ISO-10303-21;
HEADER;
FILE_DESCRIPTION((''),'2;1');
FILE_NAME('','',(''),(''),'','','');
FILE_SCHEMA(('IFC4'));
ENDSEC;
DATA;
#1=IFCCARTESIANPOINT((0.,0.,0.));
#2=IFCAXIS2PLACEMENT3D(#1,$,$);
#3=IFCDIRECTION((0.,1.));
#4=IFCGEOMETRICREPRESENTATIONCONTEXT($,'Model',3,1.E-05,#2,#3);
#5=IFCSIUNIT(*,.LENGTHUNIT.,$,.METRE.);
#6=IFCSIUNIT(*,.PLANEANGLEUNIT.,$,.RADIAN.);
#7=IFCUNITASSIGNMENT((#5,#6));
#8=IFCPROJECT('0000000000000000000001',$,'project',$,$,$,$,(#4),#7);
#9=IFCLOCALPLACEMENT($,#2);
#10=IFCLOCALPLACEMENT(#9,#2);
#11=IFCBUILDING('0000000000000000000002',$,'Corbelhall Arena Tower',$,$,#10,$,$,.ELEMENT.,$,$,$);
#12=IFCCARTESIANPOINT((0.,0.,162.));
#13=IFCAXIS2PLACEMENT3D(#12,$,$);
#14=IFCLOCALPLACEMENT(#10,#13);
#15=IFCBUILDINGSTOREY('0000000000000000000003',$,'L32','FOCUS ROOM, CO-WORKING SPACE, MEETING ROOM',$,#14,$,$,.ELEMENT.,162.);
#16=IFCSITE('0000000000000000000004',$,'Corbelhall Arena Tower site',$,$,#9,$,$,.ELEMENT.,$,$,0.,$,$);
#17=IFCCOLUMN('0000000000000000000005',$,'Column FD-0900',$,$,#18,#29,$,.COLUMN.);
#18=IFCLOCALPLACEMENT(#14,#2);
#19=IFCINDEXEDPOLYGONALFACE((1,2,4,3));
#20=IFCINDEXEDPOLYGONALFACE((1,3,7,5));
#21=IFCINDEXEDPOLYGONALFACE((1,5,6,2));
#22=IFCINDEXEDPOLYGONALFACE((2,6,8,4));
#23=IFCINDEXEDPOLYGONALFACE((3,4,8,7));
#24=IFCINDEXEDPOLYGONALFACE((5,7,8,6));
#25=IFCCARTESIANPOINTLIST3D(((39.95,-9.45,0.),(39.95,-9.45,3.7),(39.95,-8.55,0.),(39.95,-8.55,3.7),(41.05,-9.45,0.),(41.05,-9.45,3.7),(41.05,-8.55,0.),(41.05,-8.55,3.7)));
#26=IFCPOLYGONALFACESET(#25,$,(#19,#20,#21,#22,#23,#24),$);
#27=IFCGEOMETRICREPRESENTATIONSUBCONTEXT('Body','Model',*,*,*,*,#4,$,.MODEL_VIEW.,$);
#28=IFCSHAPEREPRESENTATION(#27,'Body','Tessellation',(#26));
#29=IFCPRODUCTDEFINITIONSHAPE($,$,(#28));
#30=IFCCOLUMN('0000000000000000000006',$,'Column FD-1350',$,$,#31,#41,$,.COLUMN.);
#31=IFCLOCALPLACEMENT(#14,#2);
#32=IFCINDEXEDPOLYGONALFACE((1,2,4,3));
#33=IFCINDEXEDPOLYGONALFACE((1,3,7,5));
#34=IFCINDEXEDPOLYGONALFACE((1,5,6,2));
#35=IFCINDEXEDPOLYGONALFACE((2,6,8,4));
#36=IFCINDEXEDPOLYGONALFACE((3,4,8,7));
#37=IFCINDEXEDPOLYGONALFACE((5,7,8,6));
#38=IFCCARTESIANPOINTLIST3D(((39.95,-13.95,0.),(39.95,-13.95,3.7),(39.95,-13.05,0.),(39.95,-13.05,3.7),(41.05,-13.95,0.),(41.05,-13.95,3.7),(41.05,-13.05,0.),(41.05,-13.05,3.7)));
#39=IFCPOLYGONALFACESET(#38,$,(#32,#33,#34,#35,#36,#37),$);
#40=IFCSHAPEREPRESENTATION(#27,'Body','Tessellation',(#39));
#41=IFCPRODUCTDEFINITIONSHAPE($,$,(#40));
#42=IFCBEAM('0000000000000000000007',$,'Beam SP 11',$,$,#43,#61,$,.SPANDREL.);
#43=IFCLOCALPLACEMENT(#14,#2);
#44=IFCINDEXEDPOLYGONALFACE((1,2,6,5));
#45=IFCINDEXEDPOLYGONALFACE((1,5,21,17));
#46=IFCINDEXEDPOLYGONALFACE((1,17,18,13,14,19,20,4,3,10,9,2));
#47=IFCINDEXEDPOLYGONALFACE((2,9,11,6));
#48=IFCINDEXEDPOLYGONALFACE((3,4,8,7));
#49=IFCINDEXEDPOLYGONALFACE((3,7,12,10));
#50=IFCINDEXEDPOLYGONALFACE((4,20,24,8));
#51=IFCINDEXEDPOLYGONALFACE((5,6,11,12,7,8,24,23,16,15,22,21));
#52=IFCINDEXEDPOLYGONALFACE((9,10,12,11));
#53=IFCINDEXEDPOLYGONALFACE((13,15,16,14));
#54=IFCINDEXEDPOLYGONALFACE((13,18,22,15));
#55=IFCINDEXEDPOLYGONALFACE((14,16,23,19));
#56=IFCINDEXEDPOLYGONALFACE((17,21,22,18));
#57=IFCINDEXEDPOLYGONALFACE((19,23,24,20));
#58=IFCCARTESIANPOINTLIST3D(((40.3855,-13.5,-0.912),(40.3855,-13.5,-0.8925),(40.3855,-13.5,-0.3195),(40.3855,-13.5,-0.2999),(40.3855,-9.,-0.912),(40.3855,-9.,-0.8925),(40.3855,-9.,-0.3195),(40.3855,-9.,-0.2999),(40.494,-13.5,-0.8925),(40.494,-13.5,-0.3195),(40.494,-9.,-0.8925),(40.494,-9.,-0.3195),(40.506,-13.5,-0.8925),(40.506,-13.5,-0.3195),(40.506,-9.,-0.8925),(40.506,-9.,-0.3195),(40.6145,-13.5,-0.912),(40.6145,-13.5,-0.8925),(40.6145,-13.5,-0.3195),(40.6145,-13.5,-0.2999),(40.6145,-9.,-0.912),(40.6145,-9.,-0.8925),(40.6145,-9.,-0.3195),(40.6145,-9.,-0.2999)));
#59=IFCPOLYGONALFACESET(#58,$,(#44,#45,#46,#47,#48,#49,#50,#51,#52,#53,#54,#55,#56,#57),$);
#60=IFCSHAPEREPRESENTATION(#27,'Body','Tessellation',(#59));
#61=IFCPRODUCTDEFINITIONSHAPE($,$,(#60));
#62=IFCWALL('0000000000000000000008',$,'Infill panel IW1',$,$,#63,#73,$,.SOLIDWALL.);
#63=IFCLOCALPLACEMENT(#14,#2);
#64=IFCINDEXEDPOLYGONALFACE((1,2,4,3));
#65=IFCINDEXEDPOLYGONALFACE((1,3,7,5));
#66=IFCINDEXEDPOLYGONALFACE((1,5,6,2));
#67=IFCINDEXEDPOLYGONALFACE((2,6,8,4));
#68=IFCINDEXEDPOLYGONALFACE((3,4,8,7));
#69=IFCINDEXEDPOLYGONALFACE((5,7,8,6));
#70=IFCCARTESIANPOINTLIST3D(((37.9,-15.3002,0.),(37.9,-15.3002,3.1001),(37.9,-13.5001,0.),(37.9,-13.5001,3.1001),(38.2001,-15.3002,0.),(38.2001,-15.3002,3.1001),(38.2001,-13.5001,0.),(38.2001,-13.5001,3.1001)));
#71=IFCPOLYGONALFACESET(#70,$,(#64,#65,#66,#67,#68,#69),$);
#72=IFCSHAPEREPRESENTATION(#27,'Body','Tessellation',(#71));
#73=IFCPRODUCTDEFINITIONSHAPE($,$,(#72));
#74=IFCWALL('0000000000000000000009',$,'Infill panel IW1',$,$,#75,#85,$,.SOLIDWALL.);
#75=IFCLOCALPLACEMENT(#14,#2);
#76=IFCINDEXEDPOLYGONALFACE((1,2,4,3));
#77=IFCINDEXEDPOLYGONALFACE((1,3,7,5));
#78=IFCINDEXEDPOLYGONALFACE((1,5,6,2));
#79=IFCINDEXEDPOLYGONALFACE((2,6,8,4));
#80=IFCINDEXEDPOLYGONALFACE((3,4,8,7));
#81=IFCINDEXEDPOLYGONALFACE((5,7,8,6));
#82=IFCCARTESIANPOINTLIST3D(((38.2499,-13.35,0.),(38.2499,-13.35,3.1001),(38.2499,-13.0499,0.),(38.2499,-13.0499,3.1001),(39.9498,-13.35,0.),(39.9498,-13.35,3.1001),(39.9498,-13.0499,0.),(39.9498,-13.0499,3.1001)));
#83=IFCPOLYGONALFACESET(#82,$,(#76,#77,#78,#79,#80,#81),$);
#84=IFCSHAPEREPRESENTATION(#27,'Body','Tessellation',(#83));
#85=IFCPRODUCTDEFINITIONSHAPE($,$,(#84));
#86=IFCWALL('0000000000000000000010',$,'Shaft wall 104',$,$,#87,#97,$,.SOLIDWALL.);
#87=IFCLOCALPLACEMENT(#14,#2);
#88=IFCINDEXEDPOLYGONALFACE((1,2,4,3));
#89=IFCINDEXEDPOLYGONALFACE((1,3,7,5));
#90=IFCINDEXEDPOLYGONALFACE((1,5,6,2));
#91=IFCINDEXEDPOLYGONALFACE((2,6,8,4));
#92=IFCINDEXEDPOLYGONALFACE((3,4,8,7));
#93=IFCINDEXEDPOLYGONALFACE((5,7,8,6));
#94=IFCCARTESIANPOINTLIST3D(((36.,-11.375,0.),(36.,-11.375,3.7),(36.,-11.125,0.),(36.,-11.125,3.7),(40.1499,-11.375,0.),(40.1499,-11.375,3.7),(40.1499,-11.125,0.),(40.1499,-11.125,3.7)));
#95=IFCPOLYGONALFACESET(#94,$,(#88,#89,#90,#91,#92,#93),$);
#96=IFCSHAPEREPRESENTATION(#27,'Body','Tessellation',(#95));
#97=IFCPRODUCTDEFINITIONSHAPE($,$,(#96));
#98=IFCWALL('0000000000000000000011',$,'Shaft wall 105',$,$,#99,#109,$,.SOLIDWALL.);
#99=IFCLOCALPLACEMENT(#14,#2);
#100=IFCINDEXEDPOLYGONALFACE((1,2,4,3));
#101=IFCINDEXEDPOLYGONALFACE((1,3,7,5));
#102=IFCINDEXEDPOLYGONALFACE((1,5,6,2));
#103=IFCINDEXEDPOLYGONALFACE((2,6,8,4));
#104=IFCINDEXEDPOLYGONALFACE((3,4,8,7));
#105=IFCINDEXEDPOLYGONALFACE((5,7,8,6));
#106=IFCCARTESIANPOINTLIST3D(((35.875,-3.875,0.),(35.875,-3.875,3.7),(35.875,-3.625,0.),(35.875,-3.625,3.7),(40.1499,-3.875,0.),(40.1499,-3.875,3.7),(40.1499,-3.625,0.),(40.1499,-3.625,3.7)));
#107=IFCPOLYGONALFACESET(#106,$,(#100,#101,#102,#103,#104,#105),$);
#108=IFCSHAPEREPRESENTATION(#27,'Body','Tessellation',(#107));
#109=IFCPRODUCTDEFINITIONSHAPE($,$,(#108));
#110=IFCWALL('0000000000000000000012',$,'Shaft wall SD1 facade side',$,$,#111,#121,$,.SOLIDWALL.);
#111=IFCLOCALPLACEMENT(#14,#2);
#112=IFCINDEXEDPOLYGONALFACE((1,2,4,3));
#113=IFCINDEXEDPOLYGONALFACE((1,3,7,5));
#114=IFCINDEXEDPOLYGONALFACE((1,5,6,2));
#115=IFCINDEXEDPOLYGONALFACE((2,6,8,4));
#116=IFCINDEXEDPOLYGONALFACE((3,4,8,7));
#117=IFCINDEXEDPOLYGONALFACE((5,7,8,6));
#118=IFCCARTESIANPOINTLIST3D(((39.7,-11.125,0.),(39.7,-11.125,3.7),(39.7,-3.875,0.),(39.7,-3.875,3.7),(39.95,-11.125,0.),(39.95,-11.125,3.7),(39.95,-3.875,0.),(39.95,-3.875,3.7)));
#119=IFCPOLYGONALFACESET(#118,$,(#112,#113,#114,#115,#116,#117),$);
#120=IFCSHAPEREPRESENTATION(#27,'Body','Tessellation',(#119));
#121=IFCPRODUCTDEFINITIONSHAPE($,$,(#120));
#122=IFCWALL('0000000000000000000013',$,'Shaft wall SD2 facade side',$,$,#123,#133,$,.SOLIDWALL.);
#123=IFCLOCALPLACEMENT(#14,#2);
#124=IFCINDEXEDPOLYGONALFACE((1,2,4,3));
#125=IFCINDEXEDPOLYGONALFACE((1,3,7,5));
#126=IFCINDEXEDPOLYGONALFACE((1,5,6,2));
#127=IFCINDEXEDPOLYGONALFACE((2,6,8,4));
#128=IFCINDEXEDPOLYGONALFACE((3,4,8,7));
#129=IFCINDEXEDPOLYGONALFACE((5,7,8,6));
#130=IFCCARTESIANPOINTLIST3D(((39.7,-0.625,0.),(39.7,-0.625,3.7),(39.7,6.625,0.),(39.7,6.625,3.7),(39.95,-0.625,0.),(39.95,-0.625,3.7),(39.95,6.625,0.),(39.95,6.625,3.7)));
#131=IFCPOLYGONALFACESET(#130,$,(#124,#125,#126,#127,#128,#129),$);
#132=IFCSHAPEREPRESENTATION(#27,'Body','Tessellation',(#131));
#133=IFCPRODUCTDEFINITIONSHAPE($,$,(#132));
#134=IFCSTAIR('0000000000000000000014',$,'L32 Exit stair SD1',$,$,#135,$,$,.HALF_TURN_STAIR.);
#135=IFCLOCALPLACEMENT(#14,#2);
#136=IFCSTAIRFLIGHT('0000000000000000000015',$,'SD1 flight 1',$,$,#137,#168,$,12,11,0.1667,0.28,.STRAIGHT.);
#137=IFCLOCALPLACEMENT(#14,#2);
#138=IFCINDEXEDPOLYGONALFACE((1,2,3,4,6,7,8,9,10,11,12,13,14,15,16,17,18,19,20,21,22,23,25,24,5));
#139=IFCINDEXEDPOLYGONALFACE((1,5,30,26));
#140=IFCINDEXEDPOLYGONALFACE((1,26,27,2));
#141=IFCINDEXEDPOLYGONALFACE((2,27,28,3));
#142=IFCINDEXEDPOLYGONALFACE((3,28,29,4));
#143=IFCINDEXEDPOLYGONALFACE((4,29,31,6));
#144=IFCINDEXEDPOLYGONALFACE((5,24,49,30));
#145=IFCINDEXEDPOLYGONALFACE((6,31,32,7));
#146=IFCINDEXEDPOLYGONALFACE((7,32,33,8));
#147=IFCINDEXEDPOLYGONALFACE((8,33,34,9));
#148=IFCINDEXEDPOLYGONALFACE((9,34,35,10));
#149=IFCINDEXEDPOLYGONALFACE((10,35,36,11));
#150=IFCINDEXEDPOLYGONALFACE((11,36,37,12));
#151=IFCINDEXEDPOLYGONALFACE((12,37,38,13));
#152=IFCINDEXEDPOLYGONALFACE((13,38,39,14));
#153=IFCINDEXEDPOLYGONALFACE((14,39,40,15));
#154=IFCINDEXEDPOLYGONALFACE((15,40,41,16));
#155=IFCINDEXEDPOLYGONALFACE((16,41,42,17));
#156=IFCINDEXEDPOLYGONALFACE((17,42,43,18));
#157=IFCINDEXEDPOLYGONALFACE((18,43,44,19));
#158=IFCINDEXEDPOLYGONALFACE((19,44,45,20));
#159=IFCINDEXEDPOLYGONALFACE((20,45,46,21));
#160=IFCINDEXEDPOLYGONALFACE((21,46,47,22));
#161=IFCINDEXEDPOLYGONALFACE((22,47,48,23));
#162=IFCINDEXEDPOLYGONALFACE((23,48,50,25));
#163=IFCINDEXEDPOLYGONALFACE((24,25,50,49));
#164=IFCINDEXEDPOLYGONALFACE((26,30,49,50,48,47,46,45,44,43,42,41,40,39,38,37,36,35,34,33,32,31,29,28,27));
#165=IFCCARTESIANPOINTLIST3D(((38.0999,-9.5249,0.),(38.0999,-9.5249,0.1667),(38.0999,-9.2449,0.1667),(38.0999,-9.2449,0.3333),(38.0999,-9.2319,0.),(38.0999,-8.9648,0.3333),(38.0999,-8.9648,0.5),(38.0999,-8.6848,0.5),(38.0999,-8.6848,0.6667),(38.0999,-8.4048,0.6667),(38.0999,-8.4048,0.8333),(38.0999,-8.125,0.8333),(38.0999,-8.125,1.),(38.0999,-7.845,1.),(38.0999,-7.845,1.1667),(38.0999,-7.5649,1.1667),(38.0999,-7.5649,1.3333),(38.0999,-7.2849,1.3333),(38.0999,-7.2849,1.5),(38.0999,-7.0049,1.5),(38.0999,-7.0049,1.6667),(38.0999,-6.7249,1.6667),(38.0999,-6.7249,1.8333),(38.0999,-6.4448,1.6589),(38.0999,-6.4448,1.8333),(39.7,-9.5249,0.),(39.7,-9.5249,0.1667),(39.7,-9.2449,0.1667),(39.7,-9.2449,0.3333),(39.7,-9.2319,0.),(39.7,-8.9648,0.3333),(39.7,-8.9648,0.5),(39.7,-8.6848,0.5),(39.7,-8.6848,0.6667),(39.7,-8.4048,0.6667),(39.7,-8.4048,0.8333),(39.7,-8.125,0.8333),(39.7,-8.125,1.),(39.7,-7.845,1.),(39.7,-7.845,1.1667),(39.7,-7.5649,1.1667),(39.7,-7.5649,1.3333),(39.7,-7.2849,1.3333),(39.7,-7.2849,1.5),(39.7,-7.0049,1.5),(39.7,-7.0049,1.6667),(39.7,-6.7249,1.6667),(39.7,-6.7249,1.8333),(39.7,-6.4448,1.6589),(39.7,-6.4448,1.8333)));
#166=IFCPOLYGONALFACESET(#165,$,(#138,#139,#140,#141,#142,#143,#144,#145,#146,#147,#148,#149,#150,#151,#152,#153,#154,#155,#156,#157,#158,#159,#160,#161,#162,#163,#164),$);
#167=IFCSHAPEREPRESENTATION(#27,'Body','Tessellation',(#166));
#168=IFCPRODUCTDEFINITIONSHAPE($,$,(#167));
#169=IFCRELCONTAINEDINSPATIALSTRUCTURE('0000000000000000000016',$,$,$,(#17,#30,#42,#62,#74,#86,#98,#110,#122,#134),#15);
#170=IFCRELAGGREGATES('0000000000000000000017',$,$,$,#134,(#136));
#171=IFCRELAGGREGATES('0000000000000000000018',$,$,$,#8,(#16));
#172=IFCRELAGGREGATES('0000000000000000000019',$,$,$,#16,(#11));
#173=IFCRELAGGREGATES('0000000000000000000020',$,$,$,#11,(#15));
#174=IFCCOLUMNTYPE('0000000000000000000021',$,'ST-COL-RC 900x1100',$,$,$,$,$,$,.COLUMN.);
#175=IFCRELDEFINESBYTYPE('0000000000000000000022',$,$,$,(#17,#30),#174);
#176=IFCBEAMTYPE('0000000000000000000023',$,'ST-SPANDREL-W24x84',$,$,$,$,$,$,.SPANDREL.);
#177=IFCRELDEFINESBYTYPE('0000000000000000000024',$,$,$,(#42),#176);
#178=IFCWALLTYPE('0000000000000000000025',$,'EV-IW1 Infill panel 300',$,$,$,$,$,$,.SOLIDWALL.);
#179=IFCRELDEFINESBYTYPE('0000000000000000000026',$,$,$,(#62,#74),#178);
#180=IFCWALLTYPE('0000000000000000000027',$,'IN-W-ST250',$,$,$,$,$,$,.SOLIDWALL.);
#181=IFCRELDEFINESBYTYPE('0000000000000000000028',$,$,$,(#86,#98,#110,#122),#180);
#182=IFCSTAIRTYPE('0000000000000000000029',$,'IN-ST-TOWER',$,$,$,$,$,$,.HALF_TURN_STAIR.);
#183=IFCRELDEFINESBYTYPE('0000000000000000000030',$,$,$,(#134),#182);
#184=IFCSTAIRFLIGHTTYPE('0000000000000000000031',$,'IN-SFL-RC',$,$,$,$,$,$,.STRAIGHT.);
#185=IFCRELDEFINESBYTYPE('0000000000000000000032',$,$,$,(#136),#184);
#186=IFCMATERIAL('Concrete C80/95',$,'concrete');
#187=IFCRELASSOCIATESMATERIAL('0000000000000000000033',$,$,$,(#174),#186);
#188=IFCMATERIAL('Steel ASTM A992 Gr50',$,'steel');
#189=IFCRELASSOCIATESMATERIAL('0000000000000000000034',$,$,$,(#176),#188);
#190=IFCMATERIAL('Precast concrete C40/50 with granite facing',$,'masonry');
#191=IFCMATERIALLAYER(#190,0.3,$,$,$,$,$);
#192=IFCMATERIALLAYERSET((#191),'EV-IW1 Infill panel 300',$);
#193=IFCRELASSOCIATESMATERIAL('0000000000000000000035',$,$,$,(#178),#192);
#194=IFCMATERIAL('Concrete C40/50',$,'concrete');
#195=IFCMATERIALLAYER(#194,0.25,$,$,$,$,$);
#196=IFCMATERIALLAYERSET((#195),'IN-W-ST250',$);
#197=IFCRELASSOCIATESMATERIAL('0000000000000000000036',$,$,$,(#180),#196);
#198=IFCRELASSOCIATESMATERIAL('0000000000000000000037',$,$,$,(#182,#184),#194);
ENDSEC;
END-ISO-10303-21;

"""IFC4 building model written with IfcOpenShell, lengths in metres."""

from ifc_helpers import new_model, si_unit, direction, frame, frame_2d, origin, origin_2d, place, context, subcontext, project, spatial, polyline, rectangle, i_section, outline, extrude, material, layer, layer_set, material_profile, profile_set, type_object, element, aggregate, save


model = new_model("IFC4")

# Units and contexts
model_context = context("Model", 3, precision=1e-05, world=origin(), true_north=direction((0.0, 1.0)))
body_context = subcontext(model_context, "Body", "Model", "MODEL_VIEW")
ifc_project = project(units=[si_unit("LENGTHUNIT", "METRE"), si_unit("PLANEANGLEUNIT", "RADIAN")], contexts=[model_context])

# Site, building, storey
site_placement = place(None, origin())
site = spatial("IfcSite", under=ifc_project, at=site_placement, Name="Corbelhall Arena Tower site", CompositionType="ELEMENT", RefElevation=0.0)
building_placement = place(site_placement, origin())
building = spatial("IfcBuilding", under=site, at=building_placement, Name="Corbelhall Arena Tower", CompositionType="ELEMENT")
storey_placement = place(building_placement, frame((0.0, 0.0, 162.0)))
storey = spatial("IfcBuildingStorey", under=building, at=storey_placement, Name="L32", Description="FOCUS ROOM, CO-WORKING SPACE, MEETING ROOM", CompositionType="ELEMENT", Elevation=162.0)

# Columns
ifc_material_1 = material(Name="Concrete C80/95", Category="concrete")
ifc_material_profile_1 = material_profile(ifc_material_1, rectangle(XDim=0.8999, YDim=1.1001, at=origin_2d()))
ifc_profile_set_1 = profile_set([ifc_material_profile_1], Name="Concrete C80/95")
column_type = type_object("IfcColumnType", Name="ST-COL-RC 900x1100", PredefinedType="COLUMN", material=ifc_profile_set_1)
for number, where, z_axis, x_axis, name in (
    (1, (40.5, -9.0, 0.0), (0.0, 0.0, 1.0), (0.0, 1.0, 0.0), "Column FD-0900"),
    (2, (40.5, -13.5, 0.0), (0.0, 0.0, 1.0), (0.0, 1.0, 0.0), "Column FD-1350"),
):
    element("IfcColumn", number, at=place(storey_placement, frame(where, z_axis=z_axis, x_axis=x_axis)), inside=storey, type_object=column_type, Name=name, PredefinedType="COLUMN", context=body_context, shape_type="SweptSolid", body=[
        extrude(rectangle(XDim=0.8999, YDim=1.1001, at=origin_2d()), origin(), (0.0, 0.0, 1.0), 3.7),
    ])

# Beam
ifc_material_2 = material(Name="Steel ASTM A992 Gr50", Category="steel")
ifc_material_profile_2 = material_profile(ifc_material_2, i_section(OverallWidth=0.229, OverallDepth=0.6121, WebThickness=0.012, FlangeThickness=0.0195, at=origin_2d()))
ifc_profile_set_2 = profile_set([ifc_material_profile_2], Name="Steel ASTM A992 Gr50")
beam_type = type_object("IfcBeamType", Name="ST-SPANDREL-W24x84", PredefinedType="SPANDREL", material=ifc_profile_set_2)
beam_placement = place(storey_placement, frame((40.5, -9.0, -0.606), z_axis=(0.0, -1.0, 0.0), x_axis=(1.0, 0.0, 0.0)))
element("IfcBeam", 3, at=beam_placement, inside=storey, type_object=beam_type, Name="Beam SP 11", PredefinedType="SPANDREL", context=body_context, shape_type="SweptSolid", body=[
    extrude(i_section(OverallWidth=0.229, OverallDepth=0.6121, WebThickness=0.012, FlangeThickness=0.0195, at=origin_2d()), origin(), (0.0, 0.0, 1.0), 4.5),
])

# Walls
ifc_material_3 = material(Name="Precast concrete C40/50 with granite facing", Category="masonry")
ifc_layer_1 = layer(ifc_material_3, 0.3)
ifc_layer_set_1 = layer_set([ifc_layer_1], Name="EV-IW1 Infill panel 300")
wall_type_1 = type_object("IfcWallType", Name="EV-IW1 Infill panel 300", PredefinedType="SOLIDWALL", material=ifc_layer_set_1)
wall_1_placement = place(storey_placement, frame((38.05, -15.3, 0.0), z_axis=(0.0, 0.0, 1.0), x_axis=(0.0, 1.0, 0.0)))
element("IfcWall", 4, at=wall_1_placement, inside=storey, type_object=wall_type_1, Name="Infill panel IW1", PredefinedType="SOLIDWALL", context=body_context, shape_type="SweptSolid", body=[
    extrude(rectangle(XDim=1.8, YDim=0.3, at=frame_2d((0.8999, 0.0))), origin(), (0.0, 0.0, 1.0), 3.1001),
])
wall_2_placement = place(storey_placement, frame((39.95, -13.2, 0.0), z_axis=(0.0, 0.0, 1.0), x_axis=(-1.0, 0.0, 0.0)))
element("IfcWall", 5, at=wall_2_placement, inside=storey, type_object=wall_type_1, Name="Infill panel IW1", PredefinedType="SOLIDWALL", context=body_context, shape_type="SweptSolid", body=[
    extrude(rectangle(XDim=1.7, YDim=0.3, at=frame_2d((0.8501, 0.0))), origin(), (0.0, 0.0, 1.0), 3.1001),
])

# Walls
ifc_material_4 = material(Name="Concrete C40/50", Category="concrete")
ifc_layer_2 = layer(ifc_material_4, 0.25)
ifc_layer_set_2 = layer_set([ifc_layer_2], Name="IN-W-ST250")
wall_type_2 = type_object("IfcWallType", Name="IN-W-ST250", PredefinedType="SOLIDWALL", material=ifc_layer_set_2)
wall_3_placement = place(storey_placement, frame((40.1499, -11.25, 0.0), z_axis=(0.0, 0.0, 1.0), x_axis=(-1.0, 0.0, 0.0)))
element("IfcWall", 6, at=wall_3_placement, inside=storey, type_object=wall_type_2, Name="Shaft wall 104", PredefinedType="SOLIDWALL", context=body_context, shape_type="SweptSolid", body=[
    extrude(rectangle(XDim=4.1499, YDim=0.25, at=frame_2d((2.075, 0.0))), origin(), (0.0, 0.0, 1.0), 3.7),
])
wall_4_placement = place(storey_placement, frame((40.1499, -3.75, 0.0), z_axis=(0.0, 0.0, 1.0), x_axis=(-1.0, 0.0, 0.0)))
element("IfcWall", 7, at=wall_4_placement, inside=storey, type_object=wall_type_2, Name="Shaft wall 105", PredefinedType="SOLIDWALL", context=body_context, shape_type="SweptSolid", body=[
    extrude(rectangle(XDim=4.2749, YDim=0.25, at=frame_2d((2.1375, 0.0))), origin(), (0.0, 0.0, 1.0), 3.7),
])
for number, where, z_axis, x_axis, name in (
    (8, (39.825, -11.125, 0.0), (0.0, 0.0, 1.0), (0.0, 1.0, 0.0), "Shaft wall SD1 facade side"),
    (9, (39.825, -0.625, 0.0), (0.0, 0.0, 1.0), (0.0, 1.0, 0.0), "Shaft wall SD2 facade side"),
):
    element("IfcWall", number, at=place(storey_placement, frame(where, z_axis=z_axis, x_axis=x_axis)), inside=storey, type_object=wall_type_2, Name=name, PredefinedType="SOLIDWALL", context=body_context, shape_type="SweptSolid", body=[
        extrude(rectangle(XDim=7.25, YDim=0.25, at=frame_2d((3.625, 0.0))), origin(), (0.0, 0.0, 1.0), 3.7),
    ])

# Stair, stair flight
stair_type = type_object("IfcStairType", Name="IN-ST-TOWER", PredefinedType="HALF_TURN_STAIR", material=ifc_material_4)
stair_placement = place(storey_placement, origin())
stair = element("IfcStair", 10, at=stair_placement, inside=storey, type_object=stair_type, Name="L32 Exit stair SD1", PredefinedType="HALF_TURN_STAIR")
stair_flight_type = type_object("IfcStairFlightType", Name="IN-SFL-RC", PredefinedType="STRAIGHT", material=ifc_material_4)
stair_flight_placement = place(storey_placement, frame((38.8999, -9.5249, 0.0), z_axis=(0.0, 0.0, 1.0), x_axis=(0.0, 1.0, 0.0)))
stair_flight = element("IfcStairFlight", 11, at=stair_flight_placement, type_object=stair_flight_type, Name="SD1 flight 1", NumberOfRisers=12, NumberOfTreads=11, PredefinedType="STRAIGHT", RiserHeight=0.1667, TreadLength=0.28, context=body_context, shape_type="SweptSolid", body=[
    extrude(outline(polyline([(0.0, 0.0), (0.0, 0.1667), (0.28, 0.1667), (0.28, 0.3333), (0.5601, 0.3333), (0.5601, 0.5), (0.8401, 0.5), (0.8401, 0.6667), (1.1201, 0.6667), (1.1201, 0.8333), (1.3999, 0.8333), (1.3999, 1.0), (1.6799, 1.0), (1.6799, 1.1667), (1.96, 1.1667), (1.96, 1.3333), (2.24, 1.3333), (2.24, 1.5), (2.52, 1.5), (2.52, 1.6667), (2.8, 1.6667), (2.8, 1.8333), (3.0801, 1.8333), (3.0801, 2.0), (3.0801, 1.6589), (0.293, 0.0), (0.0, 0.0)])), frame((0.0, 0.8, 0.0), z_axis=(0.0, -1.0, 0.0), x_axis=(1.0, 0.0, 0.0)), (0.0, 0.0, 1.0), 1.6001),
])
aggregate(stair, [stair_flight])

save(model, "model.ifc")
